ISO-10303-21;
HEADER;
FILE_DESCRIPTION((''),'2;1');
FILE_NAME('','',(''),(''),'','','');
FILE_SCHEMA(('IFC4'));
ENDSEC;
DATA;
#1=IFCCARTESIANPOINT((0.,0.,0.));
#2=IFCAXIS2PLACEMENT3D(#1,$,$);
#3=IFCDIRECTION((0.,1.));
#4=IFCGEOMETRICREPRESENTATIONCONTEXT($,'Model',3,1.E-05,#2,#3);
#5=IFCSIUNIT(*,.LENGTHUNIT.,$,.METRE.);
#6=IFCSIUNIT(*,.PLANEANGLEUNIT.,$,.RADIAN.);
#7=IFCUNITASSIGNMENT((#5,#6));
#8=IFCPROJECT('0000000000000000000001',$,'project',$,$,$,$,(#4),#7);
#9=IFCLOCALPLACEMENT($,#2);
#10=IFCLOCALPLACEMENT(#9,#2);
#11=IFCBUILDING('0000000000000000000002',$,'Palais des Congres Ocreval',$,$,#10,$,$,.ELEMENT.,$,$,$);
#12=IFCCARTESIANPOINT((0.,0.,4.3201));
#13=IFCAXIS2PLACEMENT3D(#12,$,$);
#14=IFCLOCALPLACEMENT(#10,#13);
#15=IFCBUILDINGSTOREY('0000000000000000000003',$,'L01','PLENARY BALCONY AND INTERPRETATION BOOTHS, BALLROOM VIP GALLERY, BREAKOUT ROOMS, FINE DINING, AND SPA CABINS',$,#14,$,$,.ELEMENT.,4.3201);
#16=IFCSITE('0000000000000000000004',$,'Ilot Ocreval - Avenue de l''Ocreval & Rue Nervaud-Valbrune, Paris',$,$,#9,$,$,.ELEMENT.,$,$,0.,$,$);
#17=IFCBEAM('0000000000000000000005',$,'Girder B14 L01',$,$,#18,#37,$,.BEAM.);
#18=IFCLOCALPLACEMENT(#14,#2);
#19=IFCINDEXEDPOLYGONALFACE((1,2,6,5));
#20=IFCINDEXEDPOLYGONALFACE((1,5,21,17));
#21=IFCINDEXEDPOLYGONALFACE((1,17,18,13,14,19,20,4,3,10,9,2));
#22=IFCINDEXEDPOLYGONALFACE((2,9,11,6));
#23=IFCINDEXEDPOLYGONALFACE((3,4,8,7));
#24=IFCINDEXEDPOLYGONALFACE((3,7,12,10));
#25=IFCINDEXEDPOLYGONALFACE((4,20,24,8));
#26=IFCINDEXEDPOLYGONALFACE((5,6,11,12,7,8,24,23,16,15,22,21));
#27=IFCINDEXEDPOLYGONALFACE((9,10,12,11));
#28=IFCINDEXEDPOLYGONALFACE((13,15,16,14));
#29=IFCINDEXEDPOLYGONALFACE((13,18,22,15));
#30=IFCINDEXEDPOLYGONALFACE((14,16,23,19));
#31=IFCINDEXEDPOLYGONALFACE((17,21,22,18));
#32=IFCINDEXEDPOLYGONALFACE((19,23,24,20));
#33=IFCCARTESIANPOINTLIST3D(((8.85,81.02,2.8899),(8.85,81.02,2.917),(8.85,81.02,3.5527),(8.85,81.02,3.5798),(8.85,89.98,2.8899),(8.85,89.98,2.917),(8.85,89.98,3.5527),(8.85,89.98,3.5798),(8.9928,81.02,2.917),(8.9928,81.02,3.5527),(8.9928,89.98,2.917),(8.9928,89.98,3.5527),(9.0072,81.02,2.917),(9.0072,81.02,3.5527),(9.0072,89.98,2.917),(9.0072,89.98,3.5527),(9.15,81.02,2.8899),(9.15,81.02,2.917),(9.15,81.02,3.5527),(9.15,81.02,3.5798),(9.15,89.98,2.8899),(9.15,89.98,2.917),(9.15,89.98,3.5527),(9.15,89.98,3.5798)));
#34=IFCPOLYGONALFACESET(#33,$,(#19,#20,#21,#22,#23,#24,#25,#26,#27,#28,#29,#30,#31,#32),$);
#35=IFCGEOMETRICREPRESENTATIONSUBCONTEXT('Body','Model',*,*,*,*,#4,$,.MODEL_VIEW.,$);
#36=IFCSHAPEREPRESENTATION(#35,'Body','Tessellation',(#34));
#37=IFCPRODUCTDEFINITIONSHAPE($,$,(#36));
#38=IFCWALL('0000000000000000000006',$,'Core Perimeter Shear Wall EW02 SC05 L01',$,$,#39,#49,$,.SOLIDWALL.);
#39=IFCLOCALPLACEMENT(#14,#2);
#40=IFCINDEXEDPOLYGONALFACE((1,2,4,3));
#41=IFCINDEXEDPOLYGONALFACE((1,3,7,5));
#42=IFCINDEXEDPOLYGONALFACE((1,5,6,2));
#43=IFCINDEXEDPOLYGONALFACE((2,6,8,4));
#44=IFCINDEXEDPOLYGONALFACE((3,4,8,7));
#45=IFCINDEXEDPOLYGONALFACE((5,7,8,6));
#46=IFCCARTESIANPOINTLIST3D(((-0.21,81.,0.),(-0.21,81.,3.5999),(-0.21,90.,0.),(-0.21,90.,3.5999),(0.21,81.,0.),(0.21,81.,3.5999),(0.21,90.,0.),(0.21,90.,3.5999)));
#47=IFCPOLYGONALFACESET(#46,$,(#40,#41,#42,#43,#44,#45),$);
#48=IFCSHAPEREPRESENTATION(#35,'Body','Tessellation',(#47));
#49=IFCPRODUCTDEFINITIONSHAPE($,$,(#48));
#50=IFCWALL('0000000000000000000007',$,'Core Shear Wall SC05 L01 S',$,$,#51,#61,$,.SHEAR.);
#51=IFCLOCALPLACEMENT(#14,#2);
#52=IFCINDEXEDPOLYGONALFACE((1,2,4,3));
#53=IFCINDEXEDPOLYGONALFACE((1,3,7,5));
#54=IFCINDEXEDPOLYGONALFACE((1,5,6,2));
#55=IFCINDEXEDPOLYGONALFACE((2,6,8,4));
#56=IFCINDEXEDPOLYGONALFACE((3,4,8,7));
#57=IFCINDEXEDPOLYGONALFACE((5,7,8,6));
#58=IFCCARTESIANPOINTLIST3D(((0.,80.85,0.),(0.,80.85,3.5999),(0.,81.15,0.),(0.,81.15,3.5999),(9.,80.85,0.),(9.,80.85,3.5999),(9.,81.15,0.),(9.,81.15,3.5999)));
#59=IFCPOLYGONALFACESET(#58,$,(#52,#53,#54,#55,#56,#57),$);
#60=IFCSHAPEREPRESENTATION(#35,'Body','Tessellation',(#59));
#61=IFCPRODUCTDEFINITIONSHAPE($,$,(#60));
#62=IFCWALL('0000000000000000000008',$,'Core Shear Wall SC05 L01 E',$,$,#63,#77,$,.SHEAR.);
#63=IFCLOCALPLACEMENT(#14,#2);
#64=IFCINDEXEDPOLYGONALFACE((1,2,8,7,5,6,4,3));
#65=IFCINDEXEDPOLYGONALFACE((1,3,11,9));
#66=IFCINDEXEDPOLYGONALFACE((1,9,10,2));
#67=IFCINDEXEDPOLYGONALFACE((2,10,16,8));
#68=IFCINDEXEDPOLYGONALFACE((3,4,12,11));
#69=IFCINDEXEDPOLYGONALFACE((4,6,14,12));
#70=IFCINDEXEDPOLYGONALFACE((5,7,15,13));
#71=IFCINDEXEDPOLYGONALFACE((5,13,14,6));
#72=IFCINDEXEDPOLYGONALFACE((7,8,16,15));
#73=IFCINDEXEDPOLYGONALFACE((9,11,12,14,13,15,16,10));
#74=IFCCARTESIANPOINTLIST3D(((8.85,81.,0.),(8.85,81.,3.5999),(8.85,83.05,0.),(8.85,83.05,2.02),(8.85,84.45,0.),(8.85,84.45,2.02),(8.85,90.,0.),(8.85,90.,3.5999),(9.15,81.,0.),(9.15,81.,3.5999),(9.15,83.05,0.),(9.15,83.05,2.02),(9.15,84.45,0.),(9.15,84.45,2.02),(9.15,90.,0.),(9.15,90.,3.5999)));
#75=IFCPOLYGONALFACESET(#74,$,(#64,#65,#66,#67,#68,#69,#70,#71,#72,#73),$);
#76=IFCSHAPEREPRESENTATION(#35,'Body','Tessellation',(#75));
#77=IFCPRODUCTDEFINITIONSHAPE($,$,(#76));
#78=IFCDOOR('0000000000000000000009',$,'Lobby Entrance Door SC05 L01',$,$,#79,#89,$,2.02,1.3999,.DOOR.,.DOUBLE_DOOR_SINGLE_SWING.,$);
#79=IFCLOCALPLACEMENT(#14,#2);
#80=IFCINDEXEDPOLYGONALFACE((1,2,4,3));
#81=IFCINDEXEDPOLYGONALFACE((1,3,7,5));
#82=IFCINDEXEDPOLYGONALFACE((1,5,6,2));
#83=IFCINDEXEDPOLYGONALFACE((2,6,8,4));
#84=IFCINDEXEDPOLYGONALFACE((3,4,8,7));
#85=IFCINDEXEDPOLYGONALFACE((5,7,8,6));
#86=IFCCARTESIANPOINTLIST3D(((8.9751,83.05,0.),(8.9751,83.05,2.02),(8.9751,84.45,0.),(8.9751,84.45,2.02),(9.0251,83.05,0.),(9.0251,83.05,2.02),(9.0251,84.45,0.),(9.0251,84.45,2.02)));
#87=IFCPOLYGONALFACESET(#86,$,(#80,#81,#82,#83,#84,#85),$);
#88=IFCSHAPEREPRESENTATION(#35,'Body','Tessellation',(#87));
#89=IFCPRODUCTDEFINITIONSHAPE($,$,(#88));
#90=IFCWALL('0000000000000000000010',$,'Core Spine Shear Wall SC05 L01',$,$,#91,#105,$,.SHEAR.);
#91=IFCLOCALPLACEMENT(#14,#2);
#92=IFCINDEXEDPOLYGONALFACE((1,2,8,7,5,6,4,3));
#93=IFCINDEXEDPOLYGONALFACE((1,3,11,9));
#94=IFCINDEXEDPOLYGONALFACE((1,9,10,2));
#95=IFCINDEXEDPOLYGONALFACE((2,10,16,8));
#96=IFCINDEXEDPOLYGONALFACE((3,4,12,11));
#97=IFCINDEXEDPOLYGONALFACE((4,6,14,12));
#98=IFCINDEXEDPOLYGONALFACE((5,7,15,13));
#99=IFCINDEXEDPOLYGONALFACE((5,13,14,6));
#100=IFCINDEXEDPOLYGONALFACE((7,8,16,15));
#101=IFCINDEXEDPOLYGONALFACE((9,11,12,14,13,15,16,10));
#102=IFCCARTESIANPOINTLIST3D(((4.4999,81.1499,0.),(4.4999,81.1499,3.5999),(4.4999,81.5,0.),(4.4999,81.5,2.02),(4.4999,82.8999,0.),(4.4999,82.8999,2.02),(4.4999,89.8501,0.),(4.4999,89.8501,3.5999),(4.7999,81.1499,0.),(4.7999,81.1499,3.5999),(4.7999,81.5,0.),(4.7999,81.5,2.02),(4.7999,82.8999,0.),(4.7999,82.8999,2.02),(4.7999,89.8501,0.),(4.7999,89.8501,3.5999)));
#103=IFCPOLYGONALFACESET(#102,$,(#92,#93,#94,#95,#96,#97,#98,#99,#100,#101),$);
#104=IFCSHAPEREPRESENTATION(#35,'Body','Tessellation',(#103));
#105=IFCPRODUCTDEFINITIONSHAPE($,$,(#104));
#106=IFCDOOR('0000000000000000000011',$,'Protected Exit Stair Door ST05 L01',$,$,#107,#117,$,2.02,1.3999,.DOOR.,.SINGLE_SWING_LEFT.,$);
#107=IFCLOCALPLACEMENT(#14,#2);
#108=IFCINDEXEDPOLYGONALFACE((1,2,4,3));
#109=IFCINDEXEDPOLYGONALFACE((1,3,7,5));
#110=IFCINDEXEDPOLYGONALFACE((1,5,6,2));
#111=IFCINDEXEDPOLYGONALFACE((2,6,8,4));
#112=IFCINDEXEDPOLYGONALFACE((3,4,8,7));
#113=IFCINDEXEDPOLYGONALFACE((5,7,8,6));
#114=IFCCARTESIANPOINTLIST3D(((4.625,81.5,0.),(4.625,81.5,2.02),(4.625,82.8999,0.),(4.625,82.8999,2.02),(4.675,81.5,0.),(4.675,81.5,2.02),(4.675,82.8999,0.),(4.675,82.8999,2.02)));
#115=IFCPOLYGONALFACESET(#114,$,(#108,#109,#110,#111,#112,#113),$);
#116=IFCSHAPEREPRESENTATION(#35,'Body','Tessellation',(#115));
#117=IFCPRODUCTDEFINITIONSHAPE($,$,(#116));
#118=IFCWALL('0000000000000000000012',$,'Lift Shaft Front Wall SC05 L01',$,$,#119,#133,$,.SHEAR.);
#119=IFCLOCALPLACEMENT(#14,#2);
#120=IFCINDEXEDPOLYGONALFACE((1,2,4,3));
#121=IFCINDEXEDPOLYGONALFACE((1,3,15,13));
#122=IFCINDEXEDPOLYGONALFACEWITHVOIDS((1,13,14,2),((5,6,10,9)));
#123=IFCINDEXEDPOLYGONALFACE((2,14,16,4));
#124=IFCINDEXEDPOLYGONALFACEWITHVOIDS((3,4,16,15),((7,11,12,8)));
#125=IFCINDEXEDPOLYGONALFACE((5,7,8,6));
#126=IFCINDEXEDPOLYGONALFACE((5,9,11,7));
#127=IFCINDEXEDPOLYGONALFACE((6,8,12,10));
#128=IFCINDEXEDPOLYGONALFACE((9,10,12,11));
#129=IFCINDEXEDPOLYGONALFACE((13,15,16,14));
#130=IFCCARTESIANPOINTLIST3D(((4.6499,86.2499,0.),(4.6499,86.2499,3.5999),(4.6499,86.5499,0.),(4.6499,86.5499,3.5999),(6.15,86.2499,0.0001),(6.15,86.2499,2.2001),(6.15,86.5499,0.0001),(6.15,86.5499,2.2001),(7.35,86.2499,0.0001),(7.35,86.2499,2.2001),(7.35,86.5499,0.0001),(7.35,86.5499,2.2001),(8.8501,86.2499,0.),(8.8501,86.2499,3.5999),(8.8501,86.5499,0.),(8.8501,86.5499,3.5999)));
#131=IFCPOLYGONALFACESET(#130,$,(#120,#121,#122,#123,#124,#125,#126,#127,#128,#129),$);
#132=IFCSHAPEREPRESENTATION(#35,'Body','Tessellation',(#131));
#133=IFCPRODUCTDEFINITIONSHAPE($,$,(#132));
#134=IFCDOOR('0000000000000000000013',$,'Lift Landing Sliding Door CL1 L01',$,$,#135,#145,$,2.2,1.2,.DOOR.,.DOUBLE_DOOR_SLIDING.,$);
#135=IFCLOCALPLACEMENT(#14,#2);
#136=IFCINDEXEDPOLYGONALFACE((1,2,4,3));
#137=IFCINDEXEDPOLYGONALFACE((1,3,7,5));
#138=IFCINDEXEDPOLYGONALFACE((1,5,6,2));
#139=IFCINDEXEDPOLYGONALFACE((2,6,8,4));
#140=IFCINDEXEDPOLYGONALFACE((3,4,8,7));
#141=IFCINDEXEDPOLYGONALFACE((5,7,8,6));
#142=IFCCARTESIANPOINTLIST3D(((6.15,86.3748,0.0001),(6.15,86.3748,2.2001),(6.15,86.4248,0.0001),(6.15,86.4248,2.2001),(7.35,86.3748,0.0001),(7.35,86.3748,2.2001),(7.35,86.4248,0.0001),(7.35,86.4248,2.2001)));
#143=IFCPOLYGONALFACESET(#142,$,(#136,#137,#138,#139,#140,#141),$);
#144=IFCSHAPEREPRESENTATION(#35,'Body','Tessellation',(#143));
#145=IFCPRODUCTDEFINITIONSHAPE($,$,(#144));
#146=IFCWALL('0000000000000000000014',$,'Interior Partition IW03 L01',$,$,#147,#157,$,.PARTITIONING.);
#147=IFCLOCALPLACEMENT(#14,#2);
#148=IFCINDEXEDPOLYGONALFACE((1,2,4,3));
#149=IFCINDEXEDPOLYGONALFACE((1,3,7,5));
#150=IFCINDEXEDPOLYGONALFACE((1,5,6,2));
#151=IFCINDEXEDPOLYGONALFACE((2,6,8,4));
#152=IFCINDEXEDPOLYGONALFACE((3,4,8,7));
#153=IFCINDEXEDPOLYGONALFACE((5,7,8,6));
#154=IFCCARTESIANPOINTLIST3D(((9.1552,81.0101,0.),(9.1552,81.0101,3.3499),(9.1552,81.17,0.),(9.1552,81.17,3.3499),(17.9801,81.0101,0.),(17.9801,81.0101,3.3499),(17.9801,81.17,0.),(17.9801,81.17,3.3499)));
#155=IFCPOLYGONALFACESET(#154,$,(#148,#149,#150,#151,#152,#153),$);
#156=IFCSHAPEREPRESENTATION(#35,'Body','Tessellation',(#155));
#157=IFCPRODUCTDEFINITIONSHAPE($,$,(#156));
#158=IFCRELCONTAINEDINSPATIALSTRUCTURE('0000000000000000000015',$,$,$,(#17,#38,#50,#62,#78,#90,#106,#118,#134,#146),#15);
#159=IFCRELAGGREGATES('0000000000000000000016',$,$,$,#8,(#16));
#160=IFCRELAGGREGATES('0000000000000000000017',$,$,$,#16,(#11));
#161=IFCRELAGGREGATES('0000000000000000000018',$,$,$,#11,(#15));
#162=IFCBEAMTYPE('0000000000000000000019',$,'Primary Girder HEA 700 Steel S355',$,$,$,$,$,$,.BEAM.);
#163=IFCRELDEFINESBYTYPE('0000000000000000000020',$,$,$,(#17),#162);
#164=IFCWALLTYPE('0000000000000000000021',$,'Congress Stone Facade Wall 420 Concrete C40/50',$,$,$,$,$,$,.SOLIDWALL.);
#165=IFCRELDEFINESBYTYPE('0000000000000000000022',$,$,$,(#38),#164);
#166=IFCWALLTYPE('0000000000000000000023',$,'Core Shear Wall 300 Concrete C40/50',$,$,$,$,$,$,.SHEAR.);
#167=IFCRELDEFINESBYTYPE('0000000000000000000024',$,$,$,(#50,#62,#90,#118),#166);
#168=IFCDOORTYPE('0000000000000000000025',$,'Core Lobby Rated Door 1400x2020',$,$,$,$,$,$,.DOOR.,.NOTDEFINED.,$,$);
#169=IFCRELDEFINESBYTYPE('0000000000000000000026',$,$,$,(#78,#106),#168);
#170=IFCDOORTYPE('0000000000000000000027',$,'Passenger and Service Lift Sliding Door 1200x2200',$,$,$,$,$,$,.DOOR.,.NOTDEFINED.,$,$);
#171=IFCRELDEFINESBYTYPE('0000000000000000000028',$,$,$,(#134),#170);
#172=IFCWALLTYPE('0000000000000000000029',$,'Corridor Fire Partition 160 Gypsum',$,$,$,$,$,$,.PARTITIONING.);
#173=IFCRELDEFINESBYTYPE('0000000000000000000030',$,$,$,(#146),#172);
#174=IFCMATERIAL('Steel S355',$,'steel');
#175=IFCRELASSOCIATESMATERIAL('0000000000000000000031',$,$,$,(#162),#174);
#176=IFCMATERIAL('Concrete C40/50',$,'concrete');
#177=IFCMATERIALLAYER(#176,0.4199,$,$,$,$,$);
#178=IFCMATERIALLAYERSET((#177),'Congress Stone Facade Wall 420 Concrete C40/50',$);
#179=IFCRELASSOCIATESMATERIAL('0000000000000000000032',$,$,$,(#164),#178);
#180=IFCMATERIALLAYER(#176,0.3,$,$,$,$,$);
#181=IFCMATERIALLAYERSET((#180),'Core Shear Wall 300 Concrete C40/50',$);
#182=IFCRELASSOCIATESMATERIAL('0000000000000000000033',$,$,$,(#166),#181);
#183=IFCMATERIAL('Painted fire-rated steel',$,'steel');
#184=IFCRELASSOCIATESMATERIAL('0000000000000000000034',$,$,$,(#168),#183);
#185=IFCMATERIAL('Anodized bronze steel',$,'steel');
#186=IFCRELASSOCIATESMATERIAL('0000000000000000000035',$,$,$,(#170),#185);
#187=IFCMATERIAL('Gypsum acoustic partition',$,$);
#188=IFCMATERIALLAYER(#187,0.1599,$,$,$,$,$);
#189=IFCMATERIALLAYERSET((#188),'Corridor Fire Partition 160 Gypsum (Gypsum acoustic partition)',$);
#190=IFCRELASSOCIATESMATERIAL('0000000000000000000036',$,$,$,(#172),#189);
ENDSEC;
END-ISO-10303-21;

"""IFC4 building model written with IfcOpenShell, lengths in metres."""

from ifc_helpers import new_model, si_unit, direction, frame, frame_2d, origin, origin_2d, place, context, subcontext, project, spatial, rectangle, i_section, extrude, material, layer, layer_set, material_profile, profile_set, type_object, element, fill, save


model = new_model("IFC4")

# Units and contexts
model_context = context("Model", 3, precision=1e-05, world=origin(), true_north=direction((0.0, 1.0)))
body_context = subcontext(model_context, "Body", "Model", "MODEL_VIEW")
ifc_project = project(units=[si_unit("LENGTHUNIT", "METRE"), si_unit("PLANEANGLEUNIT", "RADIAN")], contexts=[model_context])

# Site, building, storey
site_placement = place(None, origin())
site = spatial("IfcSite", under=ifc_project, at=site_placement, Name="Ilot Ocreval - Avenue de l'Ocreval & Rue Nervaud-Valbrune, Paris", CompositionType="ELEMENT", RefElevation=0.0)
building_placement = place(site_placement, origin())
building = spatial("IfcBuilding", under=site, at=building_placement, Name="Palais des Congres Ocreval", CompositionType="ELEMENT")
storey_placement = place(building_placement, frame((0.0, 0.0, 4.3201)))
storey = spatial("IfcBuildingStorey", under=building, at=storey_placement, Name="L01", Description="PLENARY BALCONY AND INTERPRETATION BOOTHS, BALLROOM VIP GALLERY, BREAKOUT ROOMS, FINE DINING, AND SPA CABINS", CompositionType="ELEMENT", Elevation=4.3201)

# Shared definitions
ifc_material_1 = material(Name="Steel S355", Category="steel")

# Beam
ifc_material_profile_1 = material_profile(ifc_material_1, i_section(OverallWidth=0.3, OverallDepth=0.6899, WebThickness=0.0144, FlangeThickness=0.0271, at=origin_2d()), Name="HEA 700")
ifc_profile_set_1 = profile_set([ifc_material_profile_1], Name="Steel S355")
beam_type_1 = type_object("IfcBeamType", Name="Primary Girder HEA 700 Steel S355", PredefinedType="BEAM", material=ifc_profile_set_1)
beam_1_placement = place(storey_placement, frame((9.0, 81.02, 3.2349), z_axis=(0.0, 1.0, 0.0), x_axis=(-1.0, 0.0, 0.0)))
element("IfcBeam", 1, at=beam_1_placement, inside=storey, type_object=beam_type_1, Name="Girder B14 L01", PredefinedType="BEAM", context=body_context, shape_type="SweptSolid", body=[
    extrude(i_section(OverallWidth=0.3, OverallDepth=0.6899, WebThickness=0.0144, FlangeThickness=0.0271, at=origin_2d()), origin(), (0.0, 0.0, 1.0), 8.96),
])

# Walls
ifc_material_2 = material(Name="Concrete C40/50", Category="concrete")
ifc_layer_1 = layer(ifc_material_2, 0.4199)
ifc_layer_set_1 = layer_set([ifc_layer_1], Name="Congress Stone Facade Wall 420 Concrete C40/50")
wall_type_1 = type_object("IfcWallType", Name="Congress Stone Facade Wall 420 Concrete C40/50", PredefinedType="SOLIDWALL", material=ifc_layer_set_1)
wall_1_placement = place(storey_placement, frame((0.0, 81.0, 0.0), z_axis=(0.0, 0.0, 1.0), x_axis=(0.0, 1.0, 0.0)))
element("IfcWall", 2, at=wall_1_placement, inside=storey, type_object=wall_type_1, Name="Core Perimeter Shear Wall EW02 SC05 L01", PredefinedType="SOLIDWALL", context=body_context, shape_type="SweptSolid", body=[
    extrude(rectangle(XDim=9.0, YDim=0.4199, at=frame_2d((4.5, 0.0))), origin(), (0.0, 0.0, 1.0), 3.5999),
])
ifc_layer_2 = layer(ifc_material_2, 0.3)
ifc_layer_set_2 = layer_set([ifc_layer_2], Name="Core Shear Wall 300 Concrete C40/50")
wall_type_2 = type_object("IfcWallType", Name="Core Shear Wall 300 Concrete C40/50", PredefinedType="SHEAR", material=ifc_layer_set_2)
wall_2_placement = place(storey_placement, frame((0.0, 81.0, 0.0), z_axis=(0.0, 0.0, 1.0), x_axis=(1.0, 0.0, 0.0)))
element("IfcWall", 3, at=wall_2_placement, inside=storey, type_object=wall_type_2, Name="Core Shear Wall SC05 L01 S", PredefinedType="SHEAR", context=body_context, shape_type="SweptSolid", body=[
    extrude(rectangle(XDim=9.0, YDim=0.3, at=frame_2d((4.5, 0.0))), origin(), (0.0, 0.0, 1.0), 3.5999),
])

# Walls, openings, doors
wall_3_placement = place(storey_placement, frame((9.0, 81.0, 0.0), z_axis=(0.0, 0.0, 1.0), x_axis=(0.0, 1.0, 0.0)))
wall_3 = element("IfcWall", 4, at=wall_3_placement, inside=storey, type_object=wall_type_2, Name="Core Shear Wall SC05 L01 E", PredefinedType="SHEAR", context=body_context, shape_type="SweptSolid", body=[
    extrude(rectangle(XDim=9.0, YDim=0.3, at=frame_2d((4.5, 0.0))), origin(), (0.0, 0.0, 1.0), 3.5999),
])
opening_1_placement = place(wall_3_placement, frame((2.05, 0.0, 0.0)))
opening_1 = element("IfcOpeningElement", 5, at=opening_1_placement, cuts=wall_3, PredefinedType="OPENING", context=body_context, shape_type="SweptSolid", body=[
    extrude(rectangle(XDim=1.3999, YDim=2.02, at=frame_2d((0.7, 1.01))), frame((0.0, 0.1599, 0.0), z_axis=(0.0, -1.0, 0.0), x_axis=(1.0, 0.0, 0.0)), (0.0, 0.0, 1.0), 0.3201),
])
ifc_material_3 = material(Name="Painted fire-rated steel", Category="steel")
door_type_1 = type_object("IfcDoorType", Name="Core Lobby Rated Door 1400x2020", OperationType="NOTDEFINED", PredefinedType="DOOR", material=ifc_material_3)
door_1_placement = place(opening_1_placement, origin())
door_1 = element("IfcDoor", 6, at=door_1_placement, inside=storey, type_object=door_type_1, Name="Lobby Entrance Door SC05 L01", OperationType="DOUBLE_DOOR_SINGLE_SWING", OverallHeight=2.02, OverallWidth=1.3999, PredefinedType="DOOR", context=body_context, shape_type="SweptSolid", body=[
    extrude(rectangle(XDim=1.3999, YDim=2.02, at=frame_2d((0.7, 1.01))), frame((0.0, 0.0249, 0.0), z_axis=(0.0, -1.0, 0.0), x_axis=(1.0, 0.0, 0.0)), (0.0, 0.0, 1.0), 0.05),
])
fill(opening_1, door_1)
wall_4_placement = place(storey_placement, frame((4.6499, 81.1499, 0.0), z_axis=(0.0, 0.0, 1.0), x_axis=(0.0, 1.0, 0.0)))
wall_4 = element("IfcWall", 7, at=wall_4_placement, inside=storey, type_object=wall_type_2, Name="Core Spine Shear Wall SC05 L01", PredefinedType="SHEAR", context=body_context, shape_type="SweptSolid", body=[
    extrude(rectangle(XDim=8.7002, YDim=0.3, at=frame_2d((4.3501, 0.0))), origin(), (0.0, 0.0, 1.0), 3.5999),
])
opening_2_placement = place(wall_4_placement, frame((0.3501, 0.0, 0.0)))
opening_2 = element("IfcOpeningElement", 8, at=opening_2_placement, cuts=wall_4, PredefinedType="OPENING", context=body_context, shape_type="SweptSolid", body=[
    extrude(rectangle(XDim=1.3999, YDim=2.02, at=frame_2d((0.7, 1.01))), frame((0.0, 0.1599, 0.0), z_axis=(0.0, -1.0, 0.0), x_axis=(1.0, 0.0, 0.0)), (0.0, 0.0, 1.0), 0.3201),
])
door_2_placement = place(opening_2_placement, origin())
door_2 = element("IfcDoor", 9, at=door_2_placement, inside=storey, type_object=door_type_1, Name="Protected Exit Stair Door ST05 L01", OperationType="SINGLE_SWING_LEFT", OverallHeight=2.02, OverallWidth=1.3999, PredefinedType="DOOR", context=body_context, shape_type="SweptSolid", body=[
    extrude(rectangle(XDim=1.3999, YDim=2.02, at=frame_2d((0.7, 1.01))), frame((0.0, 0.0249, 0.0), z_axis=(0.0, -1.0, 0.0), x_axis=(1.0, 0.0, 0.0)), (0.0, 0.0, 1.0), 0.05),
])
fill(opening_2, door_2)
wall_5_placement = place(storey_placement, frame((4.6499, 86.3999, 0.0), z_axis=(0.0, 0.0, 1.0), x_axis=(1.0, 0.0, 0.0)))
wall_5 = element("IfcWall", 10, at=wall_5_placement, inside=storey, type_object=wall_type_2, Name="Lift Shaft Front Wall SC05 L01", PredefinedType="SHEAR", context=body_context, shape_type="SweptSolid", body=[
    extrude(rectangle(XDim=4.2002, YDim=0.3, at=frame_2d((2.1001, 0.0))), origin(), (0.0, 0.0, 1.0), 3.5999),
])
opening_3_placement = place(wall_5_placement, frame((1.5, 0.0, 0.0)))
opening_3 = element("IfcOpeningElement", 11, at=opening_3_placement, cuts=wall_5, PredefinedType="OPENING", context=body_context, shape_type="SweptSolid", body=[
    extrude(rectangle(XDim=1.2, YDim=2.2, at=frame_2d((0.6001, 1.1001))), frame((0.0, 0.1599, 0.0), z_axis=(0.0, -1.0, 0.0), x_axis=(1.0, 0.0, 0.0)), (0.0, 0.0, 1.0), 0.3201),
])
ifc_material_4 = material(Name="Anodized bronze steel", Category="steel")
door_type_2 = type_object("IfcDoorType", Name="Passenger and Service Lift Sliding Door 1200x2200", OperationType="NOTDEFINED", PredefinedType="DOOR", material=ifc_material_4)
door_3_placement = place(opening_3_placement, origin())
door_3 = element("IfcDoor", 12, at=door_3_placement, inside=storey, type_object=door_type_2, Name="Lift Landing Sliding Door CL1 L01", OperationType="DOUBLE_DOOR_SLIDING", OverallHeight=2.2, OverallWidth=1.2, PredefinedType="DOOR", context=body_context, shape_type="SweptSolid", body=[
    extrude(rectangle(XDim=1.2, YDim=2.2, at=frame_2d((0.6001, 1.1001))), frame((0.0, 0.0249, 0.0), z_axis=(0.0, -1.0, 0.0), x_axis=(1.0, 0.0, 0.0)), (0.0, 0.0, 1.0), 0.05),
])
fill(opening_3, door_3)

# Wall
ifc_material_5 = material(Name="Gypsum acoustic partition")
ifc_layer_3 = layer(ifc_material_5, 0.1599)
ifc_layer_set_3 = layer_set([ifc_layer_3], Name="Corridor Fire Partition 160 Gypsum (Gypsum acoustic partition)")
wall_type_3 = type_object("IfcWallType", Name="Corridor Fire Partition 160 Gypsum", PredefinedType="PARTITIONING", material=ifc_layer_set_3)
wall_6_placement = place(storey_placement, frame((9.155, 81.0901, 0.0), z_axis=(0.0, 0.0, 1.0), x_axis=(1.0, 0.0, 0.0)))
element("IfcWall", 13, at=wall_6_placement, inside=storey, type_object=wall_type_3, Name="Interior Partition IW03 L01", PredefinedType="PARTITIONING", context=body_context, shape_type="SweptSolid", body=[
    extrude(rectangle(XDim=8.825, YDim=0.1599, at=frame_2d((4.4126, 0.0))), origin(), (0.0, 0.0, 1.0), 3.3499),
])

save(model, "model.ifc")
